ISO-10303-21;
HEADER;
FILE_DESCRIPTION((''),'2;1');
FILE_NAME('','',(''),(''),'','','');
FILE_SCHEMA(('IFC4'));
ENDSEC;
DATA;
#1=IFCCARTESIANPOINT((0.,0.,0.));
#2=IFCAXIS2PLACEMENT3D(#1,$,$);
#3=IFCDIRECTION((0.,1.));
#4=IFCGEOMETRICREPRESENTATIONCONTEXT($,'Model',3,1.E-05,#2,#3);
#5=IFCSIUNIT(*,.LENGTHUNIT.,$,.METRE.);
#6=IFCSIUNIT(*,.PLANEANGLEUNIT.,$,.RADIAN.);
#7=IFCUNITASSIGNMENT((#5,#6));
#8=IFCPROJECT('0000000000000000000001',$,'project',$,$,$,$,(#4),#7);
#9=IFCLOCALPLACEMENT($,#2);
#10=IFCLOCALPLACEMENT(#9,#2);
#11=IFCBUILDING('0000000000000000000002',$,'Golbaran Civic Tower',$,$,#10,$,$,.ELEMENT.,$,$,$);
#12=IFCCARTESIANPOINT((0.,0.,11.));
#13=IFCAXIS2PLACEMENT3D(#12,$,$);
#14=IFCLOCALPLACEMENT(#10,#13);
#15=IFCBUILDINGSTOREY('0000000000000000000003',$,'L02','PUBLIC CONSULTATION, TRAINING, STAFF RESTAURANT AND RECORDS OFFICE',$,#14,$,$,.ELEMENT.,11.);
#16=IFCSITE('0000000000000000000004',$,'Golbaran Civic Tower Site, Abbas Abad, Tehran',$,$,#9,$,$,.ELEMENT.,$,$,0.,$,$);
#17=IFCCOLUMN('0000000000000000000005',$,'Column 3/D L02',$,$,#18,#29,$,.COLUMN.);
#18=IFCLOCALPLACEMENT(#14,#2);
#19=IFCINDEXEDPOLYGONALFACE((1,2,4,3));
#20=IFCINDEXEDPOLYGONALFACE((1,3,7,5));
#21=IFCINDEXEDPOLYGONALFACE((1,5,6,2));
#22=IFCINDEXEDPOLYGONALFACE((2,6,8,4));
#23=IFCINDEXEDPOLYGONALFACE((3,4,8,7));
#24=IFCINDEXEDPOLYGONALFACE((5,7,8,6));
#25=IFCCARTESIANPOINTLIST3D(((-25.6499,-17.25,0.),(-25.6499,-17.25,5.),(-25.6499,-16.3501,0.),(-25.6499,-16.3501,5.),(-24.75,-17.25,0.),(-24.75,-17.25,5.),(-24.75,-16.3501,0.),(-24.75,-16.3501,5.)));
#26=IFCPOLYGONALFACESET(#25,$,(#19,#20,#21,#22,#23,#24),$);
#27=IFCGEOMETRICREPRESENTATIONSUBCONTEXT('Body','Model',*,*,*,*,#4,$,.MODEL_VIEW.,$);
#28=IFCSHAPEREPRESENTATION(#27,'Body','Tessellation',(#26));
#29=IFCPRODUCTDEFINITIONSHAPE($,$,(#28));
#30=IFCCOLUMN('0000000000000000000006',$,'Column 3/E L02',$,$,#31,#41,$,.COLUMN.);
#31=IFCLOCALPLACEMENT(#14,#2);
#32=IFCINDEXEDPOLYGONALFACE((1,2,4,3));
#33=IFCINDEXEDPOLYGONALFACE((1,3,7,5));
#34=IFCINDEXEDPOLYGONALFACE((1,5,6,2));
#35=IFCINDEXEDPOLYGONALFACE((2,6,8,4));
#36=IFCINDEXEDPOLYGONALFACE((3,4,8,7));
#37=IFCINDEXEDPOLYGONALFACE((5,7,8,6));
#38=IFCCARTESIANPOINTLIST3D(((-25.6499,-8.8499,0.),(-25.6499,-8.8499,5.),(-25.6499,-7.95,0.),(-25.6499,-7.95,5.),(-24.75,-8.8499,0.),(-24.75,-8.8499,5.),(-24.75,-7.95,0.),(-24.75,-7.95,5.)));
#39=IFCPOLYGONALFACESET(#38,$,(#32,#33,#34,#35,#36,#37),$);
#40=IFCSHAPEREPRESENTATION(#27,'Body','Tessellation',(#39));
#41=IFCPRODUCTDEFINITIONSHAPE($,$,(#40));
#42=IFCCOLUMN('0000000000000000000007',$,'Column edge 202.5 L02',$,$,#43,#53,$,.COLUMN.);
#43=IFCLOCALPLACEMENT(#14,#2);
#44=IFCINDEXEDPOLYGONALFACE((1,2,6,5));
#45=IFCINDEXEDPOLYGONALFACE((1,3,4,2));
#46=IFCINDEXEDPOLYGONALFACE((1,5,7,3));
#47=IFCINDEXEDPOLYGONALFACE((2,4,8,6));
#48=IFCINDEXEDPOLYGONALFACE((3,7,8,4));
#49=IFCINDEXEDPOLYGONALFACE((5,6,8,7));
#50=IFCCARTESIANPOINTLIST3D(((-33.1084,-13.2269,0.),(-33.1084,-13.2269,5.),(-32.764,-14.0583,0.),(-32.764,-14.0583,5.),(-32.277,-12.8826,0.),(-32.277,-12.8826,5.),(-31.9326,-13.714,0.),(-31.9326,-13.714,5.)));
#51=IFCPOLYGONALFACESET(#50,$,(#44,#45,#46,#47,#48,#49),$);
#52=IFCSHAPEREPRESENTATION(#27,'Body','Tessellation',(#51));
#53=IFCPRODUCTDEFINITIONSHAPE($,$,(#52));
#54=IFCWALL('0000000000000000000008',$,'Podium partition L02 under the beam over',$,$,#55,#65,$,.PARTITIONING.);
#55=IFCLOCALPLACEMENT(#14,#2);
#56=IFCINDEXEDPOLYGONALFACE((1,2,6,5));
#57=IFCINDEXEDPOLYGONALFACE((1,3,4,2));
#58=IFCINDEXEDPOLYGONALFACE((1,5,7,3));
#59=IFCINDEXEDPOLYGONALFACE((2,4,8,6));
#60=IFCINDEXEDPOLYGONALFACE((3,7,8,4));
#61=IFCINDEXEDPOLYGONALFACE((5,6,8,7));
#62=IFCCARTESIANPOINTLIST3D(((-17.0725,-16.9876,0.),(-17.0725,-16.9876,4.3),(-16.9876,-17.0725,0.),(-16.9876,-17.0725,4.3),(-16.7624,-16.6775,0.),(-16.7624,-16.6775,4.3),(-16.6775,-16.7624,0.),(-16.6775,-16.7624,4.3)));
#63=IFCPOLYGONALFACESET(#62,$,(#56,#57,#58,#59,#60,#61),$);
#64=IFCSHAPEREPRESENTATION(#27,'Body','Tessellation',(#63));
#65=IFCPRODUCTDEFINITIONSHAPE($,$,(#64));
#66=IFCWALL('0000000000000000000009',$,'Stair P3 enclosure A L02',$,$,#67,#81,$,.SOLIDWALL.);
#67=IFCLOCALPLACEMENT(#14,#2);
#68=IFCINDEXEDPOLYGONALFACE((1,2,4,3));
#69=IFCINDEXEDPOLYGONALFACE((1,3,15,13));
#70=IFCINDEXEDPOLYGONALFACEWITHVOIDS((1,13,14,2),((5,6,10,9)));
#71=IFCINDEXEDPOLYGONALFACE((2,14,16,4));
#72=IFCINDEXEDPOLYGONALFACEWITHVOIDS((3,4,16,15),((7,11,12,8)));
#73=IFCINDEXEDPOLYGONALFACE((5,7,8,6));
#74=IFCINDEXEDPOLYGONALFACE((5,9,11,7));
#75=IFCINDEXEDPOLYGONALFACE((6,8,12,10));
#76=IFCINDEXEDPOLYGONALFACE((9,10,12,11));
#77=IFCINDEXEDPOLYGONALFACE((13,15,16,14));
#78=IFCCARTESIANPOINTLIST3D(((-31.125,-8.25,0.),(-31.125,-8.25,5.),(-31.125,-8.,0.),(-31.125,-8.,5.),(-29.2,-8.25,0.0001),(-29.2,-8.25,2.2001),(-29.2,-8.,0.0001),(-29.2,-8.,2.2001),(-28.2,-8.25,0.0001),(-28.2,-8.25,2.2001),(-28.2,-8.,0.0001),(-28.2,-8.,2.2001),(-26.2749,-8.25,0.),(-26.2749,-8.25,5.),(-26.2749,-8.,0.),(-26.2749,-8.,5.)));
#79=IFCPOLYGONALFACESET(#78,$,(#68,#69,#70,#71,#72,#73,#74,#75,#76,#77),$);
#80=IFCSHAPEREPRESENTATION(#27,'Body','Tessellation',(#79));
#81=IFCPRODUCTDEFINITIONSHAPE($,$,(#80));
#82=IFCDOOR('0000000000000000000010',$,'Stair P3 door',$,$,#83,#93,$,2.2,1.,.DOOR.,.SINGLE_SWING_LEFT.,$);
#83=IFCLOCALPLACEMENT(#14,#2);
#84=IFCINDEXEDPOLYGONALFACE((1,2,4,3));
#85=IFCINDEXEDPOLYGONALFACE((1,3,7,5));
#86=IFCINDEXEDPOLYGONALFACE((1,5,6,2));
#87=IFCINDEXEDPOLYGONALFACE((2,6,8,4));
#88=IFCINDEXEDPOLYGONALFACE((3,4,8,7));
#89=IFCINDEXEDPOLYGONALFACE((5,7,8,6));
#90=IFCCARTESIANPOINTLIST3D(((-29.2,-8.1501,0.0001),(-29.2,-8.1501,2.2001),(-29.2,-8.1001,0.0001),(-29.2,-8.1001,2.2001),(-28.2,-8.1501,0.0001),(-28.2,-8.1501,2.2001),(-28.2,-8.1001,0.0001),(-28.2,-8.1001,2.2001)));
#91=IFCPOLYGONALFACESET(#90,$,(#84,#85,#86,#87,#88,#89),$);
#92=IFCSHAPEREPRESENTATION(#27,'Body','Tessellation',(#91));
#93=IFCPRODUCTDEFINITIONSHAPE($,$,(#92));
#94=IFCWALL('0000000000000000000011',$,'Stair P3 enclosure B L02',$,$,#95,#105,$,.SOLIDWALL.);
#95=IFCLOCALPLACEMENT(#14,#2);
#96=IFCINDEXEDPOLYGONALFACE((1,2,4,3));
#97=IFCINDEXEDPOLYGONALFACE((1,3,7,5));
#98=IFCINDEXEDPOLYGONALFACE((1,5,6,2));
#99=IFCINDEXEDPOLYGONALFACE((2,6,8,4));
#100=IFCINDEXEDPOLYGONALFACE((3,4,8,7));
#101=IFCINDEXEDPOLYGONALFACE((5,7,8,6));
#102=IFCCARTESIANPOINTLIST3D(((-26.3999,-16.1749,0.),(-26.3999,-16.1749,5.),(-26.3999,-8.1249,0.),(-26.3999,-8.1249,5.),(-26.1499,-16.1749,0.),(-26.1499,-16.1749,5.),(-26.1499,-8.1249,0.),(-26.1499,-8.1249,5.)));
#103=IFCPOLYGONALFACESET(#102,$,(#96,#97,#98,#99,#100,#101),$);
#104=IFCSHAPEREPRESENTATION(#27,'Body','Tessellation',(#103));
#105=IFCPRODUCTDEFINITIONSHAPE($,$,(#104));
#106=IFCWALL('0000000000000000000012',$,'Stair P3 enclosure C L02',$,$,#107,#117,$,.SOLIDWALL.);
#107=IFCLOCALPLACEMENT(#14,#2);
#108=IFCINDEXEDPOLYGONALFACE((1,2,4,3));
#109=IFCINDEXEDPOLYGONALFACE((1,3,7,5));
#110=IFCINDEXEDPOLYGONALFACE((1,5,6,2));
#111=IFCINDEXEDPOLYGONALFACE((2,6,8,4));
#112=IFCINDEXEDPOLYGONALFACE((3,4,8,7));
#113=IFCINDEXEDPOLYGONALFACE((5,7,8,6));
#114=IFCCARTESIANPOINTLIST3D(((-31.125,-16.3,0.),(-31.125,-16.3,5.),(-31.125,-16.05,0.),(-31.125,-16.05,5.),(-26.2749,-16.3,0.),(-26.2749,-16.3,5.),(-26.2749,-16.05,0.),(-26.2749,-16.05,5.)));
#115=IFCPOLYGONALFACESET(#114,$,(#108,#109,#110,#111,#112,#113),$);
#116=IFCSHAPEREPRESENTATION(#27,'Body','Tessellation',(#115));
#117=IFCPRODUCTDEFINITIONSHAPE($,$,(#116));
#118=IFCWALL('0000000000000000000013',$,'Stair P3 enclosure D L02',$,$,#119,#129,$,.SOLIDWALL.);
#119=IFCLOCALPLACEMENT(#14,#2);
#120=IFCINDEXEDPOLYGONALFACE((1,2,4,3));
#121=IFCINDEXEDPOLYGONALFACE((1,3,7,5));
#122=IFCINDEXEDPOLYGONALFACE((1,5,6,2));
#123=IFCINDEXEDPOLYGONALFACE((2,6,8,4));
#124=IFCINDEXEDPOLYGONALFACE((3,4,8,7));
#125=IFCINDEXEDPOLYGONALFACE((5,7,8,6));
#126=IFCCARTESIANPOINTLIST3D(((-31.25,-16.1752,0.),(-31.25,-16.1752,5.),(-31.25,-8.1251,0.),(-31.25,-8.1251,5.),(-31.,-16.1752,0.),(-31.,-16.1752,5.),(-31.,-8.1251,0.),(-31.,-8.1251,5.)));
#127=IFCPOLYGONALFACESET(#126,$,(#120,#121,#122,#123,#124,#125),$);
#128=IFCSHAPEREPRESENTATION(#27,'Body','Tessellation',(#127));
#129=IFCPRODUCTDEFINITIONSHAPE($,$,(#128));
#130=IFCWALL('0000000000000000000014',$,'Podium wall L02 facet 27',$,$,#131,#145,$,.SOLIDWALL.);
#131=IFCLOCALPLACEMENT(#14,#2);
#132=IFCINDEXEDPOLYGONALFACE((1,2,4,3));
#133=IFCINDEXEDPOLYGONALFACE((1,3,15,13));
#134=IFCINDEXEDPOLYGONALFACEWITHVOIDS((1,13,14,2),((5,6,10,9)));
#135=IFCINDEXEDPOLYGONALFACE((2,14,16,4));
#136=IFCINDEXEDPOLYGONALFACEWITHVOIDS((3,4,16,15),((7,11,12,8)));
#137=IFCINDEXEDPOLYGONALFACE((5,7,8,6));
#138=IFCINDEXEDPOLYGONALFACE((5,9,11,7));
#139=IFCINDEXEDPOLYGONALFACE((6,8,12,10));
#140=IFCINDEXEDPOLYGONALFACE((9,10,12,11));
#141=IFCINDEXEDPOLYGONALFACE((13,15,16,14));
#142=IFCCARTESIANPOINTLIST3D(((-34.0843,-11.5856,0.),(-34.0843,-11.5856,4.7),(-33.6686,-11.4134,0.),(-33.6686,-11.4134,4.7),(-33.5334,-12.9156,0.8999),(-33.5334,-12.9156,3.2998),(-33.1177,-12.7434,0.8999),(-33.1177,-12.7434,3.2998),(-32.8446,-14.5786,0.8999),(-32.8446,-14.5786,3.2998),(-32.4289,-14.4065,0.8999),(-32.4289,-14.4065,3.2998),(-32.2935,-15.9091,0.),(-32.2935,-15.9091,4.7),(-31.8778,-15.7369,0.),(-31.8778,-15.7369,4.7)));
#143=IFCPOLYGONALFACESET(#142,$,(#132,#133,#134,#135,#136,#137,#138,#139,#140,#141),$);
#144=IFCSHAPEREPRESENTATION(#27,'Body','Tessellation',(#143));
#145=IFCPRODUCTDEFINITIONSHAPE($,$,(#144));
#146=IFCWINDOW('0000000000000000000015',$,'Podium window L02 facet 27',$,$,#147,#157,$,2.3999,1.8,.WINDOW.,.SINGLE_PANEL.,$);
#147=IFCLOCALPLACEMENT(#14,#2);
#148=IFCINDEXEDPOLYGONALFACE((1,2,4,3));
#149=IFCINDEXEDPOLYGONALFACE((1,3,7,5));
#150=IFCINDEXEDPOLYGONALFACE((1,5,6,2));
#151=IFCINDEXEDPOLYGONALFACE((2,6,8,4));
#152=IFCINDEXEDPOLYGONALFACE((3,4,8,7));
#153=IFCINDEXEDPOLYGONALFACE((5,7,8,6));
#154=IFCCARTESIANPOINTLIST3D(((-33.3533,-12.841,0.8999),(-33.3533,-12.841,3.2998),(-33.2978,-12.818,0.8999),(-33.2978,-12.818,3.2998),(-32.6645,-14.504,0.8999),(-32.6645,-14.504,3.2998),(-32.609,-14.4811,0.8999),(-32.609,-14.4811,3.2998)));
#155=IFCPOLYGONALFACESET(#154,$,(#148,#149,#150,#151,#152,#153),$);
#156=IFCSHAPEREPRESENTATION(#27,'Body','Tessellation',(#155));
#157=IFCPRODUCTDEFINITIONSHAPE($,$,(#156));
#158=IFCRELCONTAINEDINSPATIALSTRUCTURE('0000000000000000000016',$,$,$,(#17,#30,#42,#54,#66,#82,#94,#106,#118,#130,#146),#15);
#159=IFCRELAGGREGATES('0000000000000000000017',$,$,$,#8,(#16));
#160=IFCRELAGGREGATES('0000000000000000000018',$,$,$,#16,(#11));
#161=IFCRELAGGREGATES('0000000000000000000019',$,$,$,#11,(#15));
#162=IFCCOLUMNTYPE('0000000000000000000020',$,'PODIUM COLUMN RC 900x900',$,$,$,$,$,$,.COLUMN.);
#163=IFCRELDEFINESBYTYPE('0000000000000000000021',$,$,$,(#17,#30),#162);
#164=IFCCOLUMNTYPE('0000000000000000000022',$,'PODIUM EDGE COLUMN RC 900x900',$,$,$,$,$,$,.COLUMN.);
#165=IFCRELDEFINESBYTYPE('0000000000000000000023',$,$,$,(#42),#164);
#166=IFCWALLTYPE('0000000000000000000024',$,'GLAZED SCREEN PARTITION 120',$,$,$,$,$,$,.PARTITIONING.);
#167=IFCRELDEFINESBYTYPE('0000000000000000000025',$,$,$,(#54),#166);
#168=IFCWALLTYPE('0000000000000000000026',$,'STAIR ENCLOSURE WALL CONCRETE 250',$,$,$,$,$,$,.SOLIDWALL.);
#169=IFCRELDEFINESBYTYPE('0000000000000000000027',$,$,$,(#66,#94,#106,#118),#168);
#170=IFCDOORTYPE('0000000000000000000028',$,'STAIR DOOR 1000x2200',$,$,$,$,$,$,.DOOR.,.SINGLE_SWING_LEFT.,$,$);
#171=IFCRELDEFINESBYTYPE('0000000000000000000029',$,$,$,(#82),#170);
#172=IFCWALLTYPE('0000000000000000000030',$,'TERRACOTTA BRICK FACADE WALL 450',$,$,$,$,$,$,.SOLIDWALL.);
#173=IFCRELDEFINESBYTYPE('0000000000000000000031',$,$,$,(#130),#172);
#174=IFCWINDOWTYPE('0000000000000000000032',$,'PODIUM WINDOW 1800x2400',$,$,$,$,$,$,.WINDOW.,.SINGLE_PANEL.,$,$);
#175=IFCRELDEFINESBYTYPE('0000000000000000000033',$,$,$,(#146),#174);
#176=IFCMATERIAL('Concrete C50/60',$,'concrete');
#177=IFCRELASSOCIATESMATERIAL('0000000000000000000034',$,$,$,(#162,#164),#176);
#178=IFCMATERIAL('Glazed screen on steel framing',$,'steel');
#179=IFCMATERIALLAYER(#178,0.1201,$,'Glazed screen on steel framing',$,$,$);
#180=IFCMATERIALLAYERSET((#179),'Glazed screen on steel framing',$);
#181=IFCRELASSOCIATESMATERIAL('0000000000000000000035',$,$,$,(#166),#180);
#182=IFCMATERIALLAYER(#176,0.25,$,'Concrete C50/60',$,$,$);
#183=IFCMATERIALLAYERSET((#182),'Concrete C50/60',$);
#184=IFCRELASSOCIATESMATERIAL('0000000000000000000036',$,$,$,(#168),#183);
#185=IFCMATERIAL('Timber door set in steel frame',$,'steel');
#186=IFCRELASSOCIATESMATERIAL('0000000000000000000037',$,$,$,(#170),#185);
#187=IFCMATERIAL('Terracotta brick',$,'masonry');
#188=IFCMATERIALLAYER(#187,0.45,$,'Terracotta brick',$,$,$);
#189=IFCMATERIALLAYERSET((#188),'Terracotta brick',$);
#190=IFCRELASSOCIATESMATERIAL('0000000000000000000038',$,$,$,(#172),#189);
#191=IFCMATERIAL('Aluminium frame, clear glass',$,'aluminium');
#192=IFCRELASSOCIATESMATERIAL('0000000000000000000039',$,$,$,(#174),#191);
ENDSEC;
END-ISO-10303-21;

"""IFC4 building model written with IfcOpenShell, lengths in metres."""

from ifc_helpers import new_model, si_unit, direction, frame, frame_2d, origin, origin_2d, place, context, subcontext, project, spatial, rectangle, extrude, material, layer, layer_set, material_profile, profile_set, type_object, element, fill, save


model = new_model("IFC4")

# Units and contexts
model_context = context("Model", 3, precision=1e-05, world=origin(), true_north=direction((0.0, 1.0)))
body_context = subcontext(model_context, "Body", "Model", "MODEL_VIEW")
ifc_project = project(units=[si_unit("LENGTHUNIT", "METRE"), si_unit("PLANEANGLEUNIT", "RADIAN")], contexts=[model_context])

# Site, building, storey
site_placement = place(None, origin())
site = spatial("IfcSite", under=ifc_project, at=site_placement, Name="Golbaran Civic Tower Site, Abbas Abad, Tehran", CompositionType="ELEMENT", RefElevation=0.0)
building_placement = place(site_placement, origin())
building = spatial("IfcBuilding", under=site, at=building_placement, Name="Golbaran Civic Tower", CompositionType="ELEMENT")
storey_placement = place(building_placement, frame((0.0, 0.0, 11.0)))
storey = spatial("IfcBuildingStorey", under=building, at=storey_placement, Name="L02", Description="PUBLIC CONSULTATION, TRAINING, STAFF RESTAURANT AND RECORDS OFFICE", CompositionType="ELEMENT", Elevation=11.0)

# Columns
ifc_material_1 = material(Name="Concrete C50/60", Category="concrete")
ifc_material_profile_1 = material_profile(ifc_material_1, rectangle(XDim=0.8999, YDim=0.8999, at=origin_2d()), Name="RC 900x900")
ifc_profile_set_1 = profile_set([ifc_material_profile_1], Name="Concrete C50/60")
column_type_1 = type_object("IfcColumnType", Name="PODIUM COLUMN RC 900x900", PredefinedType="COLUMN", material=ifc_profile_set_1)
for number, where, z_axis, x_axis, name in (
    (1, (-25.2, -16.8, 0.0), (0.0, 0.0, 1.0), (1.0, 0.0, 0.0), "Column 3/D L02"),
    (2, (-25.2, -8.3999, 0.0), (0.0, 0.0, 1.0), (1.0, 0.0, 0.0), "Column 3/E L02"),
):
    element("IfcColumn", number, at=place(storey_placement, frame(where, z_axis=z_axis, x_axis=x_axis)), inside=storey, type_object=column_type_1, Name=name, PredefinedType="COLUMN", context=body_context, shape_type="SweptSolid", body=[
        extrude(rectangle(XDim=0.8999, YDim=0.8999, at=origin_2d()), origin(), (0.0, 0.0, 1.0), 5.0),
    ])
ifc_material_profile_2 = material_profile(ifc_material_1, rectangle(XDim=0.8999, YDim=0.8999, at=origin_2d()), Name="RC 900x900")
ifc_profile_set_2 = profile_set([ifc_material_profile_2], Name="Concrete C50/60")
column_type_2 = type_object("IfcColumnType", Name="PODIUM EDGE COLUMN RC 900x900", PredefinedType="COLUMN", material=ifc_profile_set_2)
column_placement = place(storey_placement, frame((-32.5205, -13.4705, 0.0), z_axis=(0.0, 0.0, 1.0), x_axis=(-0.92388, -0.382683, 0.0)))
element("IfcColumn", 3, at=column_placement, inside=storey, type_object=column_type_2, Name="Column edge 202.5 L02", PredefinedType="COLUMN", context=body_context, shape_type="SweptSolid", body=[
    extrude(rectangle(XDim=0.8999, YDim=0.8999, at=origin_2d()), origin(), (0.0, 0.0, 1.0), 5.0),
])

# Wall
ifc_material_2 = material(Name="Glazed screen on steel framing", Category="steel")
ifc_layer_1 = layer(ifc_material_2, 0.1201, Name="Glazed screen on steel framing")
ifc_layer_set_1 = layer_set([ifc_layer_1], Name="Glazed screen on steel framing")
wall_type_1 = type_object("IfcWallType", Name="GLAZED SCREEN PARTITION 120", PredefinedType="PARTITIONING", material=ifc_layer_set_1)
wall_1_placement = place(storey_placement, frame((-17.03, -17.03, 0.0), z_axis=(0.0, 0.0, 1.0), x_axis=(0.707107, 0.707107, 0.0)))
element("IfcWall", 4, at=wall_1_placement, inside=storey, type_object=wall_type_1, Name="Podium partition L02 under the beam over", PredefinedType="PARTITIONING", context=body_context, shape_type="SweptSolid", body=[
    extrude(rectangle(XDim=0.4385, YDim=0.1201, at=frame_2d((0.2192, 0.0))), origin(), (0.0, 0.0, 1.0), 4.3),
])

# Wall, opening, door
ifc_layer_2 = layer(ifc_material_1, 0.25, Name="Concrete C50/60")
ifc_layer_set_2 = layer_set([ifc_layer_2], Name="Concrete C50/60")
wall_type_2 = type_object("IfcWallType", Name="STAIR ENCLOSURE WALL CONCRETE 250", PredefinedType="SOLIDWALL", material=ifc_layer_set_2)
wall_2_placement = place(storey_placement, frame((-31.125, -8.125, 0.0), z_axis=(0.0, 0.0, 1.0), x_axis=(1.0, 0.0, 0.0)))
wall_2 = element("IfcWall", 5, at=wall_2_placement, inside=storey, type_object=wall_type_2, Name="Stair P3 enclosure A L02", PredefinedType="SOLIDWALL", context=body_context, shape_type="SweptSolid", body=[
    extrude(rectangle(XDim=4.8501, YDim=0.25, at=frame_2d((2.425, 0.0))), origin(), (0.0, 0.0, 1.0), 5.0),
])
opening_1_placement = place(wall_2_placement, frame((1.925, 0.0, 0.0)))
opening_1 = element("IfcOpeningElement", 6, at=opening_1_placement, cuts=wall_2, PredefinedType="OPENING", context=body_context, shape_type="SweptSolid", body=[
    extrude(rectangle(XDim=1.0, YDim=2.2, at=frame_2d((0.5, 1.1001))), frame((0.0, 0.135, 0.0), z_axis=(0.0, -1.0, 0.0), x_axis=(1.0, 0.0, 0.0)), (0.0, 0.0, 1.0), 0.27),
])
ifc_material_3 = material(Name="Timber door set in steel frame", Category="steel")
door_type = type_object("IfcDoorType", Name="STAIR DOOR 1000x2200", OperationType="SINGLE_SWING_LEFT", PredefinedType="DOOR", material=ifc_material_3)
door_placement = place(opening_1_placement, origin())
door = element("IfcDoor", 7, at=door_placement, inside=storey, type_object=door_type, Name="Stair P3 door", OperationType="SINGLE_SWING_LEFT", OverallHeight=2.2, OverallWidth=1.0, PredefinedType="DOOR", context=body_context, shape_type="SweptSolid", body=[
    extrude(rectangle(XDim=1.0, YDim=2.2, at=frame_2d((0.5, 1.1001))), frame((0.0, 0.0249, 0.0), z_axis=(0.0, -1.0, 0.0), x_axis=(1.0, 0.0, 0.0)), (0.0, 0.0, 1.0), 0.05),
])
fill(opening_1, door)

# Walls
wall_3_placement = place(storey_placement, frame((-26.2749, -8.125, 0.0), z_axis=(0.0, 0.0, 1.0), x_axis=(0.0, -1.0, 0.0)))
element("IfcWall", 8, at=wall_3_placement, inside=storey, type_object=wall_type_2, Name="Stair P3 enclosure B L02", PredefinedType="SOLIDWALL", context=body_context, shape_type="SweptSolid", body=[
    extrude(rectangle(XDim=8.05, YDim=0.25, at=frame_2d((4.0249, 0.0))), origin(), (0.0, 0.0, 1.0), 5.0),
])
wall_4_placement = place(storey_placement, frame((-26.2749, -16.175, 0.0), z_axis=(0.0, 0.0, 1.0), x_axis=(-1.0, 0.0, 0.0)))
element("IfcWall", 9, at=wall_4_placement, inside=storey, type_object=wall_type_2, Name="Stair P3 enclosure C L02", PredefinedType="SOLIDWALL", context=body_context, shape_type="SweptSolid", body=[
    extrude(rectangle(XDim=4.8501, YDim=0.25, at=frame_2d((2.425, 0.0))), origin(), (0.0, 0.0, 1.0), 5.0),
])
wall_5_placement = place(storey_placement, frame((-31.125, -16.175, 0.0), z_axis=(0.0, 0.0, 1.0), x_axis=(0.0, 1.0, 0.0)))
element("IfcWall", 10, at=wall_5_placement, inside=storey, type_object=wall_type_2, Name="Stair P3 enclosure D L02", PredefinedType="SOLIDWALL", context=body_context, shape_type="SweptSolid", body=[
    extrude(rectangle(XDim=8.05, YDim=0.25, at=frame_2d((4.0249, 0.0))), origin(), (0.0, 0.0, 1.0), 5.0),
])

# Wall, opening, window
ifc_material_4 = material(Name="Terracotta brick", Category="masonry")
ifc_layer_3 = layer(ifc_material_4, 0.45, Name="Terracotta brick")
ifc_layer_set_3 = layer_set([ifc_layer_3], Name="Terracotta brick")
wall_type_3 = type_object("IfcWallType", Name="TERRACOTTA BRICK FACADE WALL 450", PredefinedType="SOLIDWALL", material=ifc_layer_set_3)
wall_6_placement = place(storey_placement, frame((-33.8765, -11.4995, 0.0), z_axis=(0.0, 0.0, 1.0), x_axis=(0.38267, -0.923885, 0.0)))
wall_6 = element("IfcWall", 11, at=wall_6_placement, inside=storey, type_object=wall_type_3, Name="Podium wall L02 facet 27", PredefinedType="SOLIDWALL", context=body_context, shape_type="SweptSolid", body=[
    extrude(rectangle(XDim=4.6797, YDim=0.45, at=frame_2d((2.3398, 0.0))), origin(), (0.0, 0.0, 1.0), 4.7),
])
opening_2_placement = place(wall_6_placement, frame((1.4397, 0.0, 0.8999)))
opening_2 = element("IfcOpeningElement", 12, at=opening_2_placement, cuts=wall_6, PredefinedType="OPENING", context=body_context, shape_type="SweptSolid", body=[
    extrude(rectangle(XDim=1.8, YDim=2.3999, at=frame_2d((0.8999, 1.2))), frame((0.0, 0.2349, 0.0), z_axis=(0.0, -1.0, 0.0), x_axis=(1.0, 0.0, 0.0)), (0.0, 0.0, 1.0), 0.47),
])
ifc_material_5 = material(Name="Aluminium frame, clear glass", Category="aluminium")
window_type = type_object("IfcWindowType", Name="PODIUM WINDOW 1800x2400", PartitioningType="SINGLE_PANEL", PredefinedType="WINDOW", material=ifc_material_5)
window_1_placement = place(opening_2_placement, origin())
window_1 = element("IfcWindow", 13, at=window_1_placement, inside=storey, type_object=window_type, Name="Podium window L02 facet 27", OverallHeight=2.3999, OverallWidth=1.8, PartitioningType="SINGLE_PANEL", PredefinedType="WINDOW", context=body_context, shape_type="SweptSolid", body=[
    extrude(rectangle(XDim=1.8, YDim=2.3999, at=frame_2d((0.8999, 1.2))), frame((0.0, 0.03, 0.0), z_axis=(0.0, -1.0, 0.0), x_axis=(1.0, 0.0, 0.0)), (0.0, 0.0, 1.0), 0.0601),
])
fill(opening_2, window_1)

save(model, "model.ifc")
